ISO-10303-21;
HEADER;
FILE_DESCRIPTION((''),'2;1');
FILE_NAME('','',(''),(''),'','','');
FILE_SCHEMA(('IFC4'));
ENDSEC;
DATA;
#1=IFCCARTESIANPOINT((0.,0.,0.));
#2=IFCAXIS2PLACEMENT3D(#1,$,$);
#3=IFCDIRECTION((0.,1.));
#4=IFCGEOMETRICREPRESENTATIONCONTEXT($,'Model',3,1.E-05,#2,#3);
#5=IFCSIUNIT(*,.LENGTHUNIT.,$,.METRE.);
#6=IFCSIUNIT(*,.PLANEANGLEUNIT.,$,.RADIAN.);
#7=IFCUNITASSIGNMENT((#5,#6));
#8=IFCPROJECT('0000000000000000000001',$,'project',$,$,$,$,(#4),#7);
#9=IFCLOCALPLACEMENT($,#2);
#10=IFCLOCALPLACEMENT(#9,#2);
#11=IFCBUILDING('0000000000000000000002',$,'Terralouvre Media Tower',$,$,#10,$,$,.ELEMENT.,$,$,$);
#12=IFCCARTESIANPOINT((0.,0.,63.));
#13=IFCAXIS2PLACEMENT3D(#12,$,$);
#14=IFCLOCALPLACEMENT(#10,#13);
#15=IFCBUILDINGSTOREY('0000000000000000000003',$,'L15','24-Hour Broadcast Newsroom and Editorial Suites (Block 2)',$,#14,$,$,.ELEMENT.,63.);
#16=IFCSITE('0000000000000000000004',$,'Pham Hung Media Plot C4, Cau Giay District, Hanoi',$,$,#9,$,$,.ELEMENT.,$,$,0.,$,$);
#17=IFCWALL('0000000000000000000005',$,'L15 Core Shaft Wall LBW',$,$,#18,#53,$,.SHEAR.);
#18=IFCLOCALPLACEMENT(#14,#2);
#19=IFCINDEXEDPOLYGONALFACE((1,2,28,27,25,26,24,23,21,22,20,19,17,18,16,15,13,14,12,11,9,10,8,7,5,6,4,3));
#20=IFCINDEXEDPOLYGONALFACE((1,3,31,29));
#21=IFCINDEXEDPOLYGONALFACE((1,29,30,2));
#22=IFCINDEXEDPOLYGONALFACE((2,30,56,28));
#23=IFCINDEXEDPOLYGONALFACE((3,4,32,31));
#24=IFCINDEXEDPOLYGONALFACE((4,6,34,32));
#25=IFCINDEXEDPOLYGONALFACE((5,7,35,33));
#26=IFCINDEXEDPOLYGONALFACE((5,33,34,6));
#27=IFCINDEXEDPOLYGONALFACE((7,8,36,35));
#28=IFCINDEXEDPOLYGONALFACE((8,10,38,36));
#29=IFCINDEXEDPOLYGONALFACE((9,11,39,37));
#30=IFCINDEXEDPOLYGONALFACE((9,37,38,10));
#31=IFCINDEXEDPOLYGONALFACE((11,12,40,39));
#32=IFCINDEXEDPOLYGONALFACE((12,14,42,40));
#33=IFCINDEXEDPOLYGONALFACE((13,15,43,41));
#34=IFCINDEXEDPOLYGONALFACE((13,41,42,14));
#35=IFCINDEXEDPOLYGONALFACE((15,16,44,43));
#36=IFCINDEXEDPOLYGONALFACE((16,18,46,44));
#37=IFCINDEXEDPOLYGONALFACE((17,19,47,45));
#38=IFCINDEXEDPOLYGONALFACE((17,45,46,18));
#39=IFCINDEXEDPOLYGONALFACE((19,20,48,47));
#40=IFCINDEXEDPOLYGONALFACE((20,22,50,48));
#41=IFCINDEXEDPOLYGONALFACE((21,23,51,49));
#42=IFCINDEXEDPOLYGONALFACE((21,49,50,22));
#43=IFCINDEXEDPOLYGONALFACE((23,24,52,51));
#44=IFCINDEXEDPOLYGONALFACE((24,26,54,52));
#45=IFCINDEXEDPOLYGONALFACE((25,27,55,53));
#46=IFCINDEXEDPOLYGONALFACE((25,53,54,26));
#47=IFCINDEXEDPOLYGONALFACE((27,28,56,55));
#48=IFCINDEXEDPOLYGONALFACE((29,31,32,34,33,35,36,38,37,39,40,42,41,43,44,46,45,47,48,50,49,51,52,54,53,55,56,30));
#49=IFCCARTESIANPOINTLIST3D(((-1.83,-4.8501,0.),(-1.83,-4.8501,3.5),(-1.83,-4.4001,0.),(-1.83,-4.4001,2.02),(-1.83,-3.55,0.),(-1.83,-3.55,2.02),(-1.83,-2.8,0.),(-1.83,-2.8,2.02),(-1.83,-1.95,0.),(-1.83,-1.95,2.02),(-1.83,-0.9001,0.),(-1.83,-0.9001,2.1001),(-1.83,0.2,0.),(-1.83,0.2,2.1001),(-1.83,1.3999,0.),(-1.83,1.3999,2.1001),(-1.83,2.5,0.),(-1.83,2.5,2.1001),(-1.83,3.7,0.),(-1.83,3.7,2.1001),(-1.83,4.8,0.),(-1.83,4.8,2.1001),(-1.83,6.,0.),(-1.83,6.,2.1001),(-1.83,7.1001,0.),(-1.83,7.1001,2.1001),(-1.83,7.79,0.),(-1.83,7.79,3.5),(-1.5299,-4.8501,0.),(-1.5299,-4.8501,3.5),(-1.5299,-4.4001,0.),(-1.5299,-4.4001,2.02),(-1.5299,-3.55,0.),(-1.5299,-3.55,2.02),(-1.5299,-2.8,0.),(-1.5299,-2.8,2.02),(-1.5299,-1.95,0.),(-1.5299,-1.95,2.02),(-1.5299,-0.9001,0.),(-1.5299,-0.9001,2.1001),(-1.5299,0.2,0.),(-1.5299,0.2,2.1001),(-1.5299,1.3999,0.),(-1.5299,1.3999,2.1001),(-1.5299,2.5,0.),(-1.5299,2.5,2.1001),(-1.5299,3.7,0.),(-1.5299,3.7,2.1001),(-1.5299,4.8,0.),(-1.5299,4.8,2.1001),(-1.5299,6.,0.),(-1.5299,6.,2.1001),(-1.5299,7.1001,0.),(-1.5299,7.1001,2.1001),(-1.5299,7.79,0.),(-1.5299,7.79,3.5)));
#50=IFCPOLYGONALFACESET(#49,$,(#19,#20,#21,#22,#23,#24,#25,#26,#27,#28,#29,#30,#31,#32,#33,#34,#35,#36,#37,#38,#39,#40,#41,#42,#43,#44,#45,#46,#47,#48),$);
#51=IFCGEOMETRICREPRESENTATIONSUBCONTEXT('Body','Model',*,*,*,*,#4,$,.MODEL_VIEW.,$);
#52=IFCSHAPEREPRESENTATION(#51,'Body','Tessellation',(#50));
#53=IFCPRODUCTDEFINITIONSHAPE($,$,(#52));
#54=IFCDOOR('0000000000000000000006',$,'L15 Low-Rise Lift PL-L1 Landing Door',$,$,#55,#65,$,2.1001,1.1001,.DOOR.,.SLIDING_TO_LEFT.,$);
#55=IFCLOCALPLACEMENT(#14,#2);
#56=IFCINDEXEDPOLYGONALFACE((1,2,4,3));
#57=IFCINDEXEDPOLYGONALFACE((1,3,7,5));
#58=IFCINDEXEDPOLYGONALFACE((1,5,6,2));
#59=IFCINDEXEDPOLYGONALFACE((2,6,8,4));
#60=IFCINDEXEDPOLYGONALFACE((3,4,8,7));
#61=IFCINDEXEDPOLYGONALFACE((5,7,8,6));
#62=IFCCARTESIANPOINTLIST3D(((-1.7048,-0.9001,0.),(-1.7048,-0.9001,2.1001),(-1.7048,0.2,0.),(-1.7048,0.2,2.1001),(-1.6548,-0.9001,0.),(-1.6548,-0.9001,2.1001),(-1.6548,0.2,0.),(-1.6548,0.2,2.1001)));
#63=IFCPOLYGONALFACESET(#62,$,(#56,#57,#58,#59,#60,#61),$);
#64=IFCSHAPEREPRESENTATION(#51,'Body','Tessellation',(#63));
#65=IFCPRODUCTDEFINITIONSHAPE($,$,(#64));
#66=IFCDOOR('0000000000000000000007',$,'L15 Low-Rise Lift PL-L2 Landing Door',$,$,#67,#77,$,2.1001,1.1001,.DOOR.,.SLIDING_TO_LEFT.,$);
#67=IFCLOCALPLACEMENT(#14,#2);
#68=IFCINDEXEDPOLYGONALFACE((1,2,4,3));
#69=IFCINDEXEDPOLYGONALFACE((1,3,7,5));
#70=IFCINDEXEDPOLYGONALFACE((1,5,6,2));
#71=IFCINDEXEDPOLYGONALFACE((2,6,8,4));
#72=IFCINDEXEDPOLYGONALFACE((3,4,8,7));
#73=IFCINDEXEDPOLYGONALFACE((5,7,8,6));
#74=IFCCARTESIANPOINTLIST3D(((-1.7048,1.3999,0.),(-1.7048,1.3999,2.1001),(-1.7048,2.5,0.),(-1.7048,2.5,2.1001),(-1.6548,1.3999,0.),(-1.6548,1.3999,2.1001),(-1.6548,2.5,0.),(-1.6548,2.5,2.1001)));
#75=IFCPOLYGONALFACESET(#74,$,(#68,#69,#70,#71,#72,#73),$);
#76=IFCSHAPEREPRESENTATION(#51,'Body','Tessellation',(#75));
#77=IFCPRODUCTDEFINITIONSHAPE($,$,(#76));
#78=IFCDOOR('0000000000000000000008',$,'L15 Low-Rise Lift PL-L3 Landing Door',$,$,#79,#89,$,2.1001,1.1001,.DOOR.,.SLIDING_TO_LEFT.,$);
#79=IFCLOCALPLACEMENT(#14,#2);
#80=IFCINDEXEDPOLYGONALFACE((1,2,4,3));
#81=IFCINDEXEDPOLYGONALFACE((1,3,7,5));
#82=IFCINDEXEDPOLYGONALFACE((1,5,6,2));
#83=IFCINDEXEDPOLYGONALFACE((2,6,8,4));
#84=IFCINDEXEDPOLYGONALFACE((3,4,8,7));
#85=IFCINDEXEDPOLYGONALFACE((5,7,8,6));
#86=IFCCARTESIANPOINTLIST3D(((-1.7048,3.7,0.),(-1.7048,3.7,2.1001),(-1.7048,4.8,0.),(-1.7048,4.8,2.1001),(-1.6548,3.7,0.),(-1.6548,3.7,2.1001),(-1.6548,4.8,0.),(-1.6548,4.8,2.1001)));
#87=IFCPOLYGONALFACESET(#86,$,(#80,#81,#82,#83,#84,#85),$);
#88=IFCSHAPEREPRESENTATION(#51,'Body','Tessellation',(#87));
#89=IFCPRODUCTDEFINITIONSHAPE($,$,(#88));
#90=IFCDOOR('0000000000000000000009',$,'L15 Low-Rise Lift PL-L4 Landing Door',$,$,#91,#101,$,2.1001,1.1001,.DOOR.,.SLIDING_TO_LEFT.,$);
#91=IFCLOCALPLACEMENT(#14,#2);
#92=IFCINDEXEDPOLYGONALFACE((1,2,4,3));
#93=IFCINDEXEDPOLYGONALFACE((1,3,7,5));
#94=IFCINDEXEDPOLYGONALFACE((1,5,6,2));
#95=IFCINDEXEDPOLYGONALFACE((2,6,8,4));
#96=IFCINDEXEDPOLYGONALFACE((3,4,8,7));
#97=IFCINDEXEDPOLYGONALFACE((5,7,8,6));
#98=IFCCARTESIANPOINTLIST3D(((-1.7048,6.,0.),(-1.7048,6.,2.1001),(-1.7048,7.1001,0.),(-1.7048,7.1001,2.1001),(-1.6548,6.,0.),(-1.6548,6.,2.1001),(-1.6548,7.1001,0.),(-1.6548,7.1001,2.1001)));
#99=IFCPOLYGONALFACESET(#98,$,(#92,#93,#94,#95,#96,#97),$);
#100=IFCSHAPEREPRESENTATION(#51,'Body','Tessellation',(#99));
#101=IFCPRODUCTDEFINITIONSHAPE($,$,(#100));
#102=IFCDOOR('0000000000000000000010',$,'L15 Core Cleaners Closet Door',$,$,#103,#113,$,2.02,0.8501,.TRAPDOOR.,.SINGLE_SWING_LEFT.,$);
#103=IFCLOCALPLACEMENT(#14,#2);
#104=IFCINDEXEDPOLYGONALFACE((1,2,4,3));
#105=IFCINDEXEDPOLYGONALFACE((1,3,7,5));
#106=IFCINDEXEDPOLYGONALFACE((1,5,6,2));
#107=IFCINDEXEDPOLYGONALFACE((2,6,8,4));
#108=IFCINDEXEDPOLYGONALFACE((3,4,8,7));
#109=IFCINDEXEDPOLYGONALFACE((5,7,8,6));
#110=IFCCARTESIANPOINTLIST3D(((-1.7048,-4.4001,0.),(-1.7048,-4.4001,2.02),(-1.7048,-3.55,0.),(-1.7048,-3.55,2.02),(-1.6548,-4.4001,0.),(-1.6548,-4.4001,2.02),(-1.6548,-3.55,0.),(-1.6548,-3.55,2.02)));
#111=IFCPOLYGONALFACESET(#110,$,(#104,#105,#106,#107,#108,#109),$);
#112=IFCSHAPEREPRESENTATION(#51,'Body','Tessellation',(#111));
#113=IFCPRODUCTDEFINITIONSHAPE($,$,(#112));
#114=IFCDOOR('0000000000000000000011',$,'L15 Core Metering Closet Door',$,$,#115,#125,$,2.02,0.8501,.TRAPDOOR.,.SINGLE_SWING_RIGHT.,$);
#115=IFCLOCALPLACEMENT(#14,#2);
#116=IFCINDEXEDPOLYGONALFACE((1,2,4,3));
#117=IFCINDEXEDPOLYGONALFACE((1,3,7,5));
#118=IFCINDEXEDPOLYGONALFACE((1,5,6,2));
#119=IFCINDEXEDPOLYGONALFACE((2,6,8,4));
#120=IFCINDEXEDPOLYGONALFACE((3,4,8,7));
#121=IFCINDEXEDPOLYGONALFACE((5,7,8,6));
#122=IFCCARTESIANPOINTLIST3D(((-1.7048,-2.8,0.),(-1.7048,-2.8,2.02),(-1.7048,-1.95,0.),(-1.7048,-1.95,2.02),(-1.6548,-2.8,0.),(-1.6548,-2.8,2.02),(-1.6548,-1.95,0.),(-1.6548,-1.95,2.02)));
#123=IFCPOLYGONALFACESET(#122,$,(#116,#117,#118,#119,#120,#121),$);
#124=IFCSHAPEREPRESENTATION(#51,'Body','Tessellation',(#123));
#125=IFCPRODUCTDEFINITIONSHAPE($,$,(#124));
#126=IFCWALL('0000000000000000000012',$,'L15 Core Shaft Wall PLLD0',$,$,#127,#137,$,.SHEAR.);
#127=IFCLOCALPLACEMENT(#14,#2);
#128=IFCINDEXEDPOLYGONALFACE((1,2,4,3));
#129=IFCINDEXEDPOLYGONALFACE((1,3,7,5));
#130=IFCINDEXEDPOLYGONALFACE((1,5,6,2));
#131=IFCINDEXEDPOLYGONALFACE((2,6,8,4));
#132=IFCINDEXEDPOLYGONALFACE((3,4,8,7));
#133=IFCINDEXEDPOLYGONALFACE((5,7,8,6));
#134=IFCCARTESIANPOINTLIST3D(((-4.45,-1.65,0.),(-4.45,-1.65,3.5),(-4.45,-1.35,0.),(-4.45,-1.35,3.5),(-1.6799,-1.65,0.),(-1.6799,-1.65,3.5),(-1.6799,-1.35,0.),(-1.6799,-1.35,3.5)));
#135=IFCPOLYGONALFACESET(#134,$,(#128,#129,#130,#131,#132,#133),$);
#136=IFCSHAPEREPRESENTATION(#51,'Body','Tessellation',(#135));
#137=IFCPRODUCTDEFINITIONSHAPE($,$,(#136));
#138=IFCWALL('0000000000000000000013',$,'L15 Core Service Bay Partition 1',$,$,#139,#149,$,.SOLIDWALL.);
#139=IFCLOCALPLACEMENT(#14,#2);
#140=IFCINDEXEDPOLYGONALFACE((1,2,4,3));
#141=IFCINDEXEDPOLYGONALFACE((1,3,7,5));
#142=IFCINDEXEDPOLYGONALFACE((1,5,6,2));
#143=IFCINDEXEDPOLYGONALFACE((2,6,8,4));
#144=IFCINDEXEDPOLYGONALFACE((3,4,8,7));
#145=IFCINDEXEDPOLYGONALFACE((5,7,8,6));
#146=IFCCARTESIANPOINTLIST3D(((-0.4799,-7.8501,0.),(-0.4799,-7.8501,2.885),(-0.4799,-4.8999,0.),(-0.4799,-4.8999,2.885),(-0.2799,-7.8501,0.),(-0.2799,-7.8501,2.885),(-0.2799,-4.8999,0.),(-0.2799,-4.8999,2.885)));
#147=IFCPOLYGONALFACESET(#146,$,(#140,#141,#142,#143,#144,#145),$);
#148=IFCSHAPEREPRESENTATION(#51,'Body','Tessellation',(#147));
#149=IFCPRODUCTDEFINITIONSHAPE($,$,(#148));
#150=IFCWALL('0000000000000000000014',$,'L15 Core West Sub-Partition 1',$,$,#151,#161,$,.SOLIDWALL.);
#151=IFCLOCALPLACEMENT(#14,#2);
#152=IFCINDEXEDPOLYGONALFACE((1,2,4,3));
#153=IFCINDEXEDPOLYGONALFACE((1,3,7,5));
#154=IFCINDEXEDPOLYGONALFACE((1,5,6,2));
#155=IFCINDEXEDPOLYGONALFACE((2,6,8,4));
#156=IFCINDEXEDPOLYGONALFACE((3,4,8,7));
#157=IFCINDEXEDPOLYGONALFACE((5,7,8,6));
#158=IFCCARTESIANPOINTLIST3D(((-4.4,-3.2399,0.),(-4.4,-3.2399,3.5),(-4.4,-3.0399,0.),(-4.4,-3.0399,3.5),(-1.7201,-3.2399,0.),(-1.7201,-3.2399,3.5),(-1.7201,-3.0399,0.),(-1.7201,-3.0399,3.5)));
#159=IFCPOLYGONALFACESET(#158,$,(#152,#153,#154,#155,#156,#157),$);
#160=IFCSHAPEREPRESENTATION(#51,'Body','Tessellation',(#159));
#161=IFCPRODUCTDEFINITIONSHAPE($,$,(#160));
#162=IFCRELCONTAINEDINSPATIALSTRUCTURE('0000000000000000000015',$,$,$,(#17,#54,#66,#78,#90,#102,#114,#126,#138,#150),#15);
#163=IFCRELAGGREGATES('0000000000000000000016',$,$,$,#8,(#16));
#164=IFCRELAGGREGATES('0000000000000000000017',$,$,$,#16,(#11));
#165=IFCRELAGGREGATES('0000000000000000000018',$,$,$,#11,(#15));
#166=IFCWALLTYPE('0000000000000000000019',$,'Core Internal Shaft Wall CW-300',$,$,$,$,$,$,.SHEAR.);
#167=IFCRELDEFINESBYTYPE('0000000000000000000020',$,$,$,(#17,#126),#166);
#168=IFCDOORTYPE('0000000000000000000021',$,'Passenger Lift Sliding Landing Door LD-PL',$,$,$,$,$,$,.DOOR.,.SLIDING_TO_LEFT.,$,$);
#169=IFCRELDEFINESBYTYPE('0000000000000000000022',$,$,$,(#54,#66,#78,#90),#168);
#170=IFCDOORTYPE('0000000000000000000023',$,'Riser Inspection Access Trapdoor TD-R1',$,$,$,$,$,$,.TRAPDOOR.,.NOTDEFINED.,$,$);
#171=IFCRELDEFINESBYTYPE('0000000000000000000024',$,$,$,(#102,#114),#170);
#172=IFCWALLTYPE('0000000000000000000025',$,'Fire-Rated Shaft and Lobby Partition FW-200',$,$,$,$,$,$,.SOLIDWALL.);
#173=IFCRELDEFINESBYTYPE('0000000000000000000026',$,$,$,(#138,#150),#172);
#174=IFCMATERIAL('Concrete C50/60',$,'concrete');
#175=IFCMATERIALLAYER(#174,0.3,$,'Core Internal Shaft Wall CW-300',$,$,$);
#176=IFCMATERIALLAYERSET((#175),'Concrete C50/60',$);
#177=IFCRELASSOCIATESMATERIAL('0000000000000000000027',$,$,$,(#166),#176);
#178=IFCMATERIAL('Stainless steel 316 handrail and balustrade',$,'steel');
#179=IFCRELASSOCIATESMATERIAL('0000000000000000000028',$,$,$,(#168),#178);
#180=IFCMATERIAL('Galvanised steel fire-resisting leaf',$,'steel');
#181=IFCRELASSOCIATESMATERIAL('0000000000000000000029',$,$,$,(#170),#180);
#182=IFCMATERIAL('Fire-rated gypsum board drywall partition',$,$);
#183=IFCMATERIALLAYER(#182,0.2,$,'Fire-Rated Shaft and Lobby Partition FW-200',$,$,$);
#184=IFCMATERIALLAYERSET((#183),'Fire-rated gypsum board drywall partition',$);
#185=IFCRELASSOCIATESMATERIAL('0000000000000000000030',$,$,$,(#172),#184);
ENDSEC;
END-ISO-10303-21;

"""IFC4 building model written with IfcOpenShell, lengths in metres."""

from ifc_helpers import new_model, si_unit, direction, frame, frame_2d, origin, place, context, subcontext, project, spatial, rectangle, extrude, material, layer, layer_set, type_object, element, fill, save


model = new_model("IFC4")

# Units and contexts
model_context = context("Model", 3, precision=1e-05, world=origin(), true_north=direction((0.0, 1.0)))
body_context = subcontext(model_context, "Body", "Model", "MODEL_VIEW")
ifc_project = project(units=[si_unit("LENGTHUNIT", "METRE"), si_unit("PLANEANGLEUNIT", "RADIAN")], contexts=[model_context])

# Site, building, storey
site_placement = place(None, origin())
site = spatial("IfcSite", under=ifc_project, at=site_placement, Name="Pham Hung Media Plot C4, Cau Giay District, Hanoi", CompositionType="ELEMENT", RefElevation=0.0)
building_placement = place(site_placement, origin())
building = spatial("IfcBuilding", under=site, at=building_placement, Name="Terralouvre Media Tower", CompositionType="ELEMENT")
storey_placement = place(building_placement, frame((0.0, 0.0, 63.0)))
storey = spatial("IfcBuildingStorey", under=building, at=storey_placement, Name="L15", Description="24-Hour Broadcast Newsroom and Editorial Suites (Block 2)", CompositionType="ELEMENT", Elevation=63.0)

# Shared definitions
ifc_material_1 = material(Name="Concrete C50/60", Category="concrete")
ifc_layer_1 = layer(ifc_material_1, 0.3, Name="Core Internal Shaft Wall CW-300")
ifc_layer_set_1 = layer_set([ifc_layer_1], Name="Concrete C50/60")
wall_type_1 = type_object("IfcWallType", Name="Core Internal Shaft Wall CW-300", PredefinedType="SHEAR", material=ifc_layer_set_1)

# Wall, openings, doors
wall_1_placement = place(storey_placement, frame((-1.6799, -4.8501, 0.0), z_axis=(0.0, 0.0, 1.0), x_axis=(0.0, 1.0, 0.0)))
wall_1 = element("IfcWall", 1, at=wall_1_placement, inside=storey, type_object=wall_type_1, Name="L15 Core Shaft Wall LBW", PredefinedType="SHEAR", context=body_context, shape_type="SweptSolid", body=[
    extrude(rectangle(XDim=12.6401, YDim=0.3, at=frame_2d((6.3201, 0.0))), origin(), (0.0, 0.0, 1.0), 3.5),
])
opening_1_placement = place(wall_1_placement, frame((3.95, 0.0, 0.0)))
opening_1 = element("IfcOpeningElement", 2, at=opening_1_placement, cuts=wall_1, PredefinedType="OPENING", context=body_context, shape_type="SweptSolid", body=[
    extrude(rectangle(XDim=1.1001, YDim=2.1001, at=frame_2d((0.55, 1.05))), frame((0.0, 0.1599, 0.0), z_axis=(0.0, -1.0, 0.0), x_axis=(1.0, 0.0, 0.0)), (0.0, 0.0, 1.0), 0.3201),
])
opening_2_placement = place(wall_1_placement, frame((6.25, 0.0, 0.0)))
opening_2 = element("IfcOpeningElement", 3, at=opening_2_placement, cuts=wall_1, PredefinedType="OPENING", context=body_context, shape_type="SweptSolid", body=[
    extrude(rectangle(XDim=1.1001, YDim=2.1001, at=frame_2d((0.55, 1.05))), frame((0.0, 0.1599, 0.0), z_axis=(0.0, -1.0, 0.0), x_axis=(1.0, 0.0, 0.0)), (0.0, 0.0, 1.0), 0.3201),
])
opening_3_placement = place(wall_1_placement, frame((8.55, 0.0, 0.0)))
opening_3 = element("IfcOpeningElement", 4, at=opening_3_placement, cuts=wall_1, PredefinedType="OPENING", context=body_context, shape_type="SweptSolid", body=[
    extrude(rectangle(XDim=1.1001, YDim=2.1001, at=frame_2d((0.55, 1.05))), frame((0.0, 0.1599, 0.0), z_axis=(0.0, -1.0, 0.0), x_axis=(1.0, 0.0, 0.0)), (0.0, 0.0, 1.0), 0.3201),
])
opening_4_placement = place(wall_1_placement, frame((10.8501, 0.0, 0.0)))
opening_4 = element("IfcOpeningElement", 5, at=opening_4_placement, cuts=wall_1, PredefinedType="OPENING", context=body_context, shape_type="SweptSolid", body=[
    extrude(rectangle(XDim=1.1001, YDim=2.1001, at=frame_2d((0.55, 1.05))), frame((0.0, 0.1599, 0.0), z_axis=(0.0, -1.0, 0.0), x_axis=(1.0, 0.0, 0.0)), (0.0, 0.0, 1.0), 0.3201),
])
opening_5_placement = place(wall_1_placement, frame((0.45, 0.0, 0.0)))
opening_5 = element("IfcOpeningElement", 6, at=opening_5_placement, cuts=wall_1, PredefinedType="OPENING", context=body_context, shape_type="SweptSolid", body=[
    extrude(rectangle(XDim=0.8501, YDim=2.02, at=frame_2d((0.425, 1.01))), frame((0.0, 0.1599, 0.0), z_axis=(0.0, -1.0, 0.0), x_axis=(1.0, 0.0, 0.0)), (0.0, 0.0, 1.0), 0.3201),
])
opening_6_placement = place(wall_1_placement, frame((2.05, 0.0, 0.0)))
opening_6 = element("IfcOpeningElement", 7, at=opening_6_placement, cuts=wall_1, PredefinedType="OPENING", context=body_context, shape_type="SweptSolid", body=[
    extrude(rectangle(XDim=0.8501, YDim=2.02, at=frame_2d((0.425, 1.01))), frame((0.0, 0.1599, 0.0), z_axis=(0.0, -1.0, 0.0), x_axis=(1.0, 0.0, 0.0)), (0.0, 0.0, 1.0), 0.3201),
])
ifc_material_2 = material(Name="Stainless steel 316 handrail and balustrade", Category="steel")
door_type_1 = type_object("IfcDoorType", Name="Passenger Lift Sliding Landing Door LD-PL", OperationType="SLIDING_TO_LEFT", PredefinedType="DOOR", material=ifc_material_2)
door_1_placement = place(opening_1_placement, origin())
door_1 = element("IfcDoor", 8, at=door_1_placement, inside=storey, type_object=door_type_1, Name="L15 Low-Rise Lift PL-L1 Landing Door", OperationType="SLIDING_TO_LEFT", OverallHeight=2.1001, OverallWidth=1.1001, PredefinedType="DOOR", context=body_context, shape_type="SweptSolid", body=[
    extrude(rectangle(XDim=1.1001, YDim=2.1001, at=frame_2d((0.55, 1.05))), frame((0.0, 0.0249, 0.0), z_axis=(0.0, -1.0, 0.0), x_axis=(1.0, 0.0, 0.0)), (0.0, 0.0, 1.0), 0.05),
])
fill(opening_1, door_1)
door_2_placement = place(opening_2_placement, origin())
door_2 = element("IfcDoor", 9, at=door_2_placement, inside=storey, type_object=door_type_1, Name="L15 Low-Rise Lift PL-L2 Landing Door", OperationType="SLIDING_TO_LEFT", OverallHeight=2.1001, OverallWidth=1.1001, PredefinedType="DOOR", context=body_context, shape_type="SweptSolid", body=[
    extrude(rectangle(XDim=1.1001, YDim=2.1001, at=frame_2d((0.55, 1.05))), frame((0.0, 0.0249, 0.0), z_axis=(0.0, -1.0, 0.0), x_axis=(1.0, 0.0, 0.0)), (0.0, 0.0, 1.0), 0.05),
])
fill(opening_2, door_2)
door_3_placement = place(opening_3_placement, origin())
door_3 = element("IfcDoor", 10, at=door_3_placement, inside=storey, type_object=door_type_1, Name="L15 Low-Rise Lift PL-L3 Landing Door", OperationType="SLIDING_TO_LEFT", OverallHeight=2.1001, OverallWidth=1.1001, PredefinedType="DOOR", context=body_context, shape_type="SweptSolid", body=[
    extrude(rectangle(XDim=1.1001, YDim=2.1001, at=frame_2d((0.55, 1.05))), frame((0.0, 0.0249, 0.0), z_axis=(0.0, -1.0, 0.0), x_axis=(1.0, 0.0, 0.0)), (0.0, 0.0, 1.0), 0.05),
])
fill(opening_3, door_3)
door_4_placement = place(opening_4_placement, origin())
door_4 = element("IfcDoor", 11, at=door_4_placement, inside=storey, type_object=door_type_1, Name="L15 Low-Rise Lift PL-L4 Landing Door", OperationType="SLIDING_TO_LEFT", OverallHeight=2.1001, OverallWidth=1.1001, PredefinedType="DOOR", context=body_context, shape_type="SweptSolid", body=[
    extrude(rectangle(XDim=1.1001, YDim=2.1001, at=frame_2d((0.55, 1.05))), frame((0.0, 0.0249, 0.0), z_axis=(0.0, -1.0, 0.0), x_axis=(1.0, 0.0, 0.0)), (0.0, 0.0, 1.0), 0.05),
])
fill(opening_4, door_4)
ifc_material_3 = material(Name="Galvanised steel fire-resisting leaf", Category="steel")
door_type_2 = type_object("IfcDoorType", Name="Riser Inspection Access Trapdoor TD-R1", OperationType="NOTDEFINED", PredefinedType="TRAPDOOR", material=ifc_material_3)
door_5_placement = place(opening_5_placement, origin())
door_5 = element("IfcDoor", 12, at=door_5_placement, inside=storey, type_object=door_type_2, Name="L15 Core Cleaners Closet Door", OperationType="SINGLE_SWING_LEFT", OverallHeight=2.02, OverallWidth=0.8501, PredefinedType="TRAPDOOR", context=body_context, shape_type="SweptSolid", body=[
    extrude(rectangle(XDim=0.8501, YDim=2.02, at=frame_2d((0.425, 1.01))), frame((0.0, 0.0249, 0.0), z_axis=(0.0, -1.0, 0.0), x_axis=(1.0, 0.0, 0.0)), (0.0, 0.0, 1.0), 0.05),
])
fill(opening_5, door_5)
door_6_placement = place(opening_6_placement, origin())
door_6 = element("IfcDoor", 13, at=door_6_placement, inside=storey, type_object=door_type_2, Name="L15 Core Metering Closet Door", OperationType="SINGLE_SWING_RIGHT", OverallHeight=2.02, OverallWidth=0.8501, PredefinedType="TRAPDOOR", context=body_context, shape_type="SweptSolid", body=[
    extrude(rectangle(XDim=0.8501, YDim=2.02, at=frame_2d((0.425, 1.01))), frame((0.0, 0.0249, 0.0), z_axis=(0.0, -1.0, 0.0), x_axis=(1.0, 0.0, 0.0)), (0.0, 0.0, 1.0), 0.05),
])
fill(opening_6, door_6)

# Walls
wall_2_placement = place(storey_placement, frame((-4.45, -1.5, 0.0), z_axis=(0.0, 0.0, 1.0), x_axis=(1.0, 0.0, 0.0)))
element("IfcWall", 14, at=wall_2_placement, inside=storey, type_object=wall_type_1, Name="L15 Core Shaft Wall PLLD0", PredefinedType="SHEAR", context=body_context, shape_type="SweptSolid", body=[
    extrude(rectangle(XDim=2.77, YDim=0.3, at=frame_2d((1.385, 0.0))), origin(), (0.0, 0.0, 1.0), 3.5),
])
ifc_material_4 = material(Name="Fire-rated gypsum board drywall partition")
ifc_layer_2 = layer(ifc_material_4, 0.2, Name="Fire-Rated Shaft and Lobby Partition FW-200")
ifc_layer_set_2 = layer_set([ifc_layer_2], Name="Fire-rated gypsum board drywall partition")
wall_type_2 = type_object("IfcWallType", Name="Fire-Rated Shaft and Lobby Partition FW-200", PredefinedType="SOLIDWALL", material=ifc_layer_set_2)
wall_3_placement = place(storey_placement, frame((-0.3799, -7.8501, 0.0), z_axis=(0.0, 0.0, 1.0), x_axis=(0.0, 1.0, 0.0)))
element("IfcWall", 15, at=wall_3_placement, inside=storey, type_object=wall_type_2, Name="L15 Core Service Bay Partition 1", PredefinedType="SOLIDWALL", context=body_context, shape_type="SweptSolid", body=[
    extrude(rectangle(XDim=2.9502, YDim=0.2, at=frame_2d((1.4751, 0.0))), origin(), (0.0, 0.0, 1.0), 2.885),
])
wall_4_placement = place(storey_placement, frame((-4.3999, -3.1399, 0.0), z_axis=(0.0, 0.0, 1.0), x_axis=(1.0, 0.0, 0.0)))
element("IfcWall", 16, at=wall_4_placement, inside=storey, type_object=wall_type_2, Name="L15 Core West Sub-Partition 1", PredefinedType="SOLIDWALL", context=body_context, shape_type="SweptSolid", body=[
    extrude(rectangle(XDim=2.6799, YDim=0.2, at=frame_2d((1.3398, 0.0))), origin(), (0.0, 0.0, 1.0), 3.5),
])

save(model, "model.ifc")
